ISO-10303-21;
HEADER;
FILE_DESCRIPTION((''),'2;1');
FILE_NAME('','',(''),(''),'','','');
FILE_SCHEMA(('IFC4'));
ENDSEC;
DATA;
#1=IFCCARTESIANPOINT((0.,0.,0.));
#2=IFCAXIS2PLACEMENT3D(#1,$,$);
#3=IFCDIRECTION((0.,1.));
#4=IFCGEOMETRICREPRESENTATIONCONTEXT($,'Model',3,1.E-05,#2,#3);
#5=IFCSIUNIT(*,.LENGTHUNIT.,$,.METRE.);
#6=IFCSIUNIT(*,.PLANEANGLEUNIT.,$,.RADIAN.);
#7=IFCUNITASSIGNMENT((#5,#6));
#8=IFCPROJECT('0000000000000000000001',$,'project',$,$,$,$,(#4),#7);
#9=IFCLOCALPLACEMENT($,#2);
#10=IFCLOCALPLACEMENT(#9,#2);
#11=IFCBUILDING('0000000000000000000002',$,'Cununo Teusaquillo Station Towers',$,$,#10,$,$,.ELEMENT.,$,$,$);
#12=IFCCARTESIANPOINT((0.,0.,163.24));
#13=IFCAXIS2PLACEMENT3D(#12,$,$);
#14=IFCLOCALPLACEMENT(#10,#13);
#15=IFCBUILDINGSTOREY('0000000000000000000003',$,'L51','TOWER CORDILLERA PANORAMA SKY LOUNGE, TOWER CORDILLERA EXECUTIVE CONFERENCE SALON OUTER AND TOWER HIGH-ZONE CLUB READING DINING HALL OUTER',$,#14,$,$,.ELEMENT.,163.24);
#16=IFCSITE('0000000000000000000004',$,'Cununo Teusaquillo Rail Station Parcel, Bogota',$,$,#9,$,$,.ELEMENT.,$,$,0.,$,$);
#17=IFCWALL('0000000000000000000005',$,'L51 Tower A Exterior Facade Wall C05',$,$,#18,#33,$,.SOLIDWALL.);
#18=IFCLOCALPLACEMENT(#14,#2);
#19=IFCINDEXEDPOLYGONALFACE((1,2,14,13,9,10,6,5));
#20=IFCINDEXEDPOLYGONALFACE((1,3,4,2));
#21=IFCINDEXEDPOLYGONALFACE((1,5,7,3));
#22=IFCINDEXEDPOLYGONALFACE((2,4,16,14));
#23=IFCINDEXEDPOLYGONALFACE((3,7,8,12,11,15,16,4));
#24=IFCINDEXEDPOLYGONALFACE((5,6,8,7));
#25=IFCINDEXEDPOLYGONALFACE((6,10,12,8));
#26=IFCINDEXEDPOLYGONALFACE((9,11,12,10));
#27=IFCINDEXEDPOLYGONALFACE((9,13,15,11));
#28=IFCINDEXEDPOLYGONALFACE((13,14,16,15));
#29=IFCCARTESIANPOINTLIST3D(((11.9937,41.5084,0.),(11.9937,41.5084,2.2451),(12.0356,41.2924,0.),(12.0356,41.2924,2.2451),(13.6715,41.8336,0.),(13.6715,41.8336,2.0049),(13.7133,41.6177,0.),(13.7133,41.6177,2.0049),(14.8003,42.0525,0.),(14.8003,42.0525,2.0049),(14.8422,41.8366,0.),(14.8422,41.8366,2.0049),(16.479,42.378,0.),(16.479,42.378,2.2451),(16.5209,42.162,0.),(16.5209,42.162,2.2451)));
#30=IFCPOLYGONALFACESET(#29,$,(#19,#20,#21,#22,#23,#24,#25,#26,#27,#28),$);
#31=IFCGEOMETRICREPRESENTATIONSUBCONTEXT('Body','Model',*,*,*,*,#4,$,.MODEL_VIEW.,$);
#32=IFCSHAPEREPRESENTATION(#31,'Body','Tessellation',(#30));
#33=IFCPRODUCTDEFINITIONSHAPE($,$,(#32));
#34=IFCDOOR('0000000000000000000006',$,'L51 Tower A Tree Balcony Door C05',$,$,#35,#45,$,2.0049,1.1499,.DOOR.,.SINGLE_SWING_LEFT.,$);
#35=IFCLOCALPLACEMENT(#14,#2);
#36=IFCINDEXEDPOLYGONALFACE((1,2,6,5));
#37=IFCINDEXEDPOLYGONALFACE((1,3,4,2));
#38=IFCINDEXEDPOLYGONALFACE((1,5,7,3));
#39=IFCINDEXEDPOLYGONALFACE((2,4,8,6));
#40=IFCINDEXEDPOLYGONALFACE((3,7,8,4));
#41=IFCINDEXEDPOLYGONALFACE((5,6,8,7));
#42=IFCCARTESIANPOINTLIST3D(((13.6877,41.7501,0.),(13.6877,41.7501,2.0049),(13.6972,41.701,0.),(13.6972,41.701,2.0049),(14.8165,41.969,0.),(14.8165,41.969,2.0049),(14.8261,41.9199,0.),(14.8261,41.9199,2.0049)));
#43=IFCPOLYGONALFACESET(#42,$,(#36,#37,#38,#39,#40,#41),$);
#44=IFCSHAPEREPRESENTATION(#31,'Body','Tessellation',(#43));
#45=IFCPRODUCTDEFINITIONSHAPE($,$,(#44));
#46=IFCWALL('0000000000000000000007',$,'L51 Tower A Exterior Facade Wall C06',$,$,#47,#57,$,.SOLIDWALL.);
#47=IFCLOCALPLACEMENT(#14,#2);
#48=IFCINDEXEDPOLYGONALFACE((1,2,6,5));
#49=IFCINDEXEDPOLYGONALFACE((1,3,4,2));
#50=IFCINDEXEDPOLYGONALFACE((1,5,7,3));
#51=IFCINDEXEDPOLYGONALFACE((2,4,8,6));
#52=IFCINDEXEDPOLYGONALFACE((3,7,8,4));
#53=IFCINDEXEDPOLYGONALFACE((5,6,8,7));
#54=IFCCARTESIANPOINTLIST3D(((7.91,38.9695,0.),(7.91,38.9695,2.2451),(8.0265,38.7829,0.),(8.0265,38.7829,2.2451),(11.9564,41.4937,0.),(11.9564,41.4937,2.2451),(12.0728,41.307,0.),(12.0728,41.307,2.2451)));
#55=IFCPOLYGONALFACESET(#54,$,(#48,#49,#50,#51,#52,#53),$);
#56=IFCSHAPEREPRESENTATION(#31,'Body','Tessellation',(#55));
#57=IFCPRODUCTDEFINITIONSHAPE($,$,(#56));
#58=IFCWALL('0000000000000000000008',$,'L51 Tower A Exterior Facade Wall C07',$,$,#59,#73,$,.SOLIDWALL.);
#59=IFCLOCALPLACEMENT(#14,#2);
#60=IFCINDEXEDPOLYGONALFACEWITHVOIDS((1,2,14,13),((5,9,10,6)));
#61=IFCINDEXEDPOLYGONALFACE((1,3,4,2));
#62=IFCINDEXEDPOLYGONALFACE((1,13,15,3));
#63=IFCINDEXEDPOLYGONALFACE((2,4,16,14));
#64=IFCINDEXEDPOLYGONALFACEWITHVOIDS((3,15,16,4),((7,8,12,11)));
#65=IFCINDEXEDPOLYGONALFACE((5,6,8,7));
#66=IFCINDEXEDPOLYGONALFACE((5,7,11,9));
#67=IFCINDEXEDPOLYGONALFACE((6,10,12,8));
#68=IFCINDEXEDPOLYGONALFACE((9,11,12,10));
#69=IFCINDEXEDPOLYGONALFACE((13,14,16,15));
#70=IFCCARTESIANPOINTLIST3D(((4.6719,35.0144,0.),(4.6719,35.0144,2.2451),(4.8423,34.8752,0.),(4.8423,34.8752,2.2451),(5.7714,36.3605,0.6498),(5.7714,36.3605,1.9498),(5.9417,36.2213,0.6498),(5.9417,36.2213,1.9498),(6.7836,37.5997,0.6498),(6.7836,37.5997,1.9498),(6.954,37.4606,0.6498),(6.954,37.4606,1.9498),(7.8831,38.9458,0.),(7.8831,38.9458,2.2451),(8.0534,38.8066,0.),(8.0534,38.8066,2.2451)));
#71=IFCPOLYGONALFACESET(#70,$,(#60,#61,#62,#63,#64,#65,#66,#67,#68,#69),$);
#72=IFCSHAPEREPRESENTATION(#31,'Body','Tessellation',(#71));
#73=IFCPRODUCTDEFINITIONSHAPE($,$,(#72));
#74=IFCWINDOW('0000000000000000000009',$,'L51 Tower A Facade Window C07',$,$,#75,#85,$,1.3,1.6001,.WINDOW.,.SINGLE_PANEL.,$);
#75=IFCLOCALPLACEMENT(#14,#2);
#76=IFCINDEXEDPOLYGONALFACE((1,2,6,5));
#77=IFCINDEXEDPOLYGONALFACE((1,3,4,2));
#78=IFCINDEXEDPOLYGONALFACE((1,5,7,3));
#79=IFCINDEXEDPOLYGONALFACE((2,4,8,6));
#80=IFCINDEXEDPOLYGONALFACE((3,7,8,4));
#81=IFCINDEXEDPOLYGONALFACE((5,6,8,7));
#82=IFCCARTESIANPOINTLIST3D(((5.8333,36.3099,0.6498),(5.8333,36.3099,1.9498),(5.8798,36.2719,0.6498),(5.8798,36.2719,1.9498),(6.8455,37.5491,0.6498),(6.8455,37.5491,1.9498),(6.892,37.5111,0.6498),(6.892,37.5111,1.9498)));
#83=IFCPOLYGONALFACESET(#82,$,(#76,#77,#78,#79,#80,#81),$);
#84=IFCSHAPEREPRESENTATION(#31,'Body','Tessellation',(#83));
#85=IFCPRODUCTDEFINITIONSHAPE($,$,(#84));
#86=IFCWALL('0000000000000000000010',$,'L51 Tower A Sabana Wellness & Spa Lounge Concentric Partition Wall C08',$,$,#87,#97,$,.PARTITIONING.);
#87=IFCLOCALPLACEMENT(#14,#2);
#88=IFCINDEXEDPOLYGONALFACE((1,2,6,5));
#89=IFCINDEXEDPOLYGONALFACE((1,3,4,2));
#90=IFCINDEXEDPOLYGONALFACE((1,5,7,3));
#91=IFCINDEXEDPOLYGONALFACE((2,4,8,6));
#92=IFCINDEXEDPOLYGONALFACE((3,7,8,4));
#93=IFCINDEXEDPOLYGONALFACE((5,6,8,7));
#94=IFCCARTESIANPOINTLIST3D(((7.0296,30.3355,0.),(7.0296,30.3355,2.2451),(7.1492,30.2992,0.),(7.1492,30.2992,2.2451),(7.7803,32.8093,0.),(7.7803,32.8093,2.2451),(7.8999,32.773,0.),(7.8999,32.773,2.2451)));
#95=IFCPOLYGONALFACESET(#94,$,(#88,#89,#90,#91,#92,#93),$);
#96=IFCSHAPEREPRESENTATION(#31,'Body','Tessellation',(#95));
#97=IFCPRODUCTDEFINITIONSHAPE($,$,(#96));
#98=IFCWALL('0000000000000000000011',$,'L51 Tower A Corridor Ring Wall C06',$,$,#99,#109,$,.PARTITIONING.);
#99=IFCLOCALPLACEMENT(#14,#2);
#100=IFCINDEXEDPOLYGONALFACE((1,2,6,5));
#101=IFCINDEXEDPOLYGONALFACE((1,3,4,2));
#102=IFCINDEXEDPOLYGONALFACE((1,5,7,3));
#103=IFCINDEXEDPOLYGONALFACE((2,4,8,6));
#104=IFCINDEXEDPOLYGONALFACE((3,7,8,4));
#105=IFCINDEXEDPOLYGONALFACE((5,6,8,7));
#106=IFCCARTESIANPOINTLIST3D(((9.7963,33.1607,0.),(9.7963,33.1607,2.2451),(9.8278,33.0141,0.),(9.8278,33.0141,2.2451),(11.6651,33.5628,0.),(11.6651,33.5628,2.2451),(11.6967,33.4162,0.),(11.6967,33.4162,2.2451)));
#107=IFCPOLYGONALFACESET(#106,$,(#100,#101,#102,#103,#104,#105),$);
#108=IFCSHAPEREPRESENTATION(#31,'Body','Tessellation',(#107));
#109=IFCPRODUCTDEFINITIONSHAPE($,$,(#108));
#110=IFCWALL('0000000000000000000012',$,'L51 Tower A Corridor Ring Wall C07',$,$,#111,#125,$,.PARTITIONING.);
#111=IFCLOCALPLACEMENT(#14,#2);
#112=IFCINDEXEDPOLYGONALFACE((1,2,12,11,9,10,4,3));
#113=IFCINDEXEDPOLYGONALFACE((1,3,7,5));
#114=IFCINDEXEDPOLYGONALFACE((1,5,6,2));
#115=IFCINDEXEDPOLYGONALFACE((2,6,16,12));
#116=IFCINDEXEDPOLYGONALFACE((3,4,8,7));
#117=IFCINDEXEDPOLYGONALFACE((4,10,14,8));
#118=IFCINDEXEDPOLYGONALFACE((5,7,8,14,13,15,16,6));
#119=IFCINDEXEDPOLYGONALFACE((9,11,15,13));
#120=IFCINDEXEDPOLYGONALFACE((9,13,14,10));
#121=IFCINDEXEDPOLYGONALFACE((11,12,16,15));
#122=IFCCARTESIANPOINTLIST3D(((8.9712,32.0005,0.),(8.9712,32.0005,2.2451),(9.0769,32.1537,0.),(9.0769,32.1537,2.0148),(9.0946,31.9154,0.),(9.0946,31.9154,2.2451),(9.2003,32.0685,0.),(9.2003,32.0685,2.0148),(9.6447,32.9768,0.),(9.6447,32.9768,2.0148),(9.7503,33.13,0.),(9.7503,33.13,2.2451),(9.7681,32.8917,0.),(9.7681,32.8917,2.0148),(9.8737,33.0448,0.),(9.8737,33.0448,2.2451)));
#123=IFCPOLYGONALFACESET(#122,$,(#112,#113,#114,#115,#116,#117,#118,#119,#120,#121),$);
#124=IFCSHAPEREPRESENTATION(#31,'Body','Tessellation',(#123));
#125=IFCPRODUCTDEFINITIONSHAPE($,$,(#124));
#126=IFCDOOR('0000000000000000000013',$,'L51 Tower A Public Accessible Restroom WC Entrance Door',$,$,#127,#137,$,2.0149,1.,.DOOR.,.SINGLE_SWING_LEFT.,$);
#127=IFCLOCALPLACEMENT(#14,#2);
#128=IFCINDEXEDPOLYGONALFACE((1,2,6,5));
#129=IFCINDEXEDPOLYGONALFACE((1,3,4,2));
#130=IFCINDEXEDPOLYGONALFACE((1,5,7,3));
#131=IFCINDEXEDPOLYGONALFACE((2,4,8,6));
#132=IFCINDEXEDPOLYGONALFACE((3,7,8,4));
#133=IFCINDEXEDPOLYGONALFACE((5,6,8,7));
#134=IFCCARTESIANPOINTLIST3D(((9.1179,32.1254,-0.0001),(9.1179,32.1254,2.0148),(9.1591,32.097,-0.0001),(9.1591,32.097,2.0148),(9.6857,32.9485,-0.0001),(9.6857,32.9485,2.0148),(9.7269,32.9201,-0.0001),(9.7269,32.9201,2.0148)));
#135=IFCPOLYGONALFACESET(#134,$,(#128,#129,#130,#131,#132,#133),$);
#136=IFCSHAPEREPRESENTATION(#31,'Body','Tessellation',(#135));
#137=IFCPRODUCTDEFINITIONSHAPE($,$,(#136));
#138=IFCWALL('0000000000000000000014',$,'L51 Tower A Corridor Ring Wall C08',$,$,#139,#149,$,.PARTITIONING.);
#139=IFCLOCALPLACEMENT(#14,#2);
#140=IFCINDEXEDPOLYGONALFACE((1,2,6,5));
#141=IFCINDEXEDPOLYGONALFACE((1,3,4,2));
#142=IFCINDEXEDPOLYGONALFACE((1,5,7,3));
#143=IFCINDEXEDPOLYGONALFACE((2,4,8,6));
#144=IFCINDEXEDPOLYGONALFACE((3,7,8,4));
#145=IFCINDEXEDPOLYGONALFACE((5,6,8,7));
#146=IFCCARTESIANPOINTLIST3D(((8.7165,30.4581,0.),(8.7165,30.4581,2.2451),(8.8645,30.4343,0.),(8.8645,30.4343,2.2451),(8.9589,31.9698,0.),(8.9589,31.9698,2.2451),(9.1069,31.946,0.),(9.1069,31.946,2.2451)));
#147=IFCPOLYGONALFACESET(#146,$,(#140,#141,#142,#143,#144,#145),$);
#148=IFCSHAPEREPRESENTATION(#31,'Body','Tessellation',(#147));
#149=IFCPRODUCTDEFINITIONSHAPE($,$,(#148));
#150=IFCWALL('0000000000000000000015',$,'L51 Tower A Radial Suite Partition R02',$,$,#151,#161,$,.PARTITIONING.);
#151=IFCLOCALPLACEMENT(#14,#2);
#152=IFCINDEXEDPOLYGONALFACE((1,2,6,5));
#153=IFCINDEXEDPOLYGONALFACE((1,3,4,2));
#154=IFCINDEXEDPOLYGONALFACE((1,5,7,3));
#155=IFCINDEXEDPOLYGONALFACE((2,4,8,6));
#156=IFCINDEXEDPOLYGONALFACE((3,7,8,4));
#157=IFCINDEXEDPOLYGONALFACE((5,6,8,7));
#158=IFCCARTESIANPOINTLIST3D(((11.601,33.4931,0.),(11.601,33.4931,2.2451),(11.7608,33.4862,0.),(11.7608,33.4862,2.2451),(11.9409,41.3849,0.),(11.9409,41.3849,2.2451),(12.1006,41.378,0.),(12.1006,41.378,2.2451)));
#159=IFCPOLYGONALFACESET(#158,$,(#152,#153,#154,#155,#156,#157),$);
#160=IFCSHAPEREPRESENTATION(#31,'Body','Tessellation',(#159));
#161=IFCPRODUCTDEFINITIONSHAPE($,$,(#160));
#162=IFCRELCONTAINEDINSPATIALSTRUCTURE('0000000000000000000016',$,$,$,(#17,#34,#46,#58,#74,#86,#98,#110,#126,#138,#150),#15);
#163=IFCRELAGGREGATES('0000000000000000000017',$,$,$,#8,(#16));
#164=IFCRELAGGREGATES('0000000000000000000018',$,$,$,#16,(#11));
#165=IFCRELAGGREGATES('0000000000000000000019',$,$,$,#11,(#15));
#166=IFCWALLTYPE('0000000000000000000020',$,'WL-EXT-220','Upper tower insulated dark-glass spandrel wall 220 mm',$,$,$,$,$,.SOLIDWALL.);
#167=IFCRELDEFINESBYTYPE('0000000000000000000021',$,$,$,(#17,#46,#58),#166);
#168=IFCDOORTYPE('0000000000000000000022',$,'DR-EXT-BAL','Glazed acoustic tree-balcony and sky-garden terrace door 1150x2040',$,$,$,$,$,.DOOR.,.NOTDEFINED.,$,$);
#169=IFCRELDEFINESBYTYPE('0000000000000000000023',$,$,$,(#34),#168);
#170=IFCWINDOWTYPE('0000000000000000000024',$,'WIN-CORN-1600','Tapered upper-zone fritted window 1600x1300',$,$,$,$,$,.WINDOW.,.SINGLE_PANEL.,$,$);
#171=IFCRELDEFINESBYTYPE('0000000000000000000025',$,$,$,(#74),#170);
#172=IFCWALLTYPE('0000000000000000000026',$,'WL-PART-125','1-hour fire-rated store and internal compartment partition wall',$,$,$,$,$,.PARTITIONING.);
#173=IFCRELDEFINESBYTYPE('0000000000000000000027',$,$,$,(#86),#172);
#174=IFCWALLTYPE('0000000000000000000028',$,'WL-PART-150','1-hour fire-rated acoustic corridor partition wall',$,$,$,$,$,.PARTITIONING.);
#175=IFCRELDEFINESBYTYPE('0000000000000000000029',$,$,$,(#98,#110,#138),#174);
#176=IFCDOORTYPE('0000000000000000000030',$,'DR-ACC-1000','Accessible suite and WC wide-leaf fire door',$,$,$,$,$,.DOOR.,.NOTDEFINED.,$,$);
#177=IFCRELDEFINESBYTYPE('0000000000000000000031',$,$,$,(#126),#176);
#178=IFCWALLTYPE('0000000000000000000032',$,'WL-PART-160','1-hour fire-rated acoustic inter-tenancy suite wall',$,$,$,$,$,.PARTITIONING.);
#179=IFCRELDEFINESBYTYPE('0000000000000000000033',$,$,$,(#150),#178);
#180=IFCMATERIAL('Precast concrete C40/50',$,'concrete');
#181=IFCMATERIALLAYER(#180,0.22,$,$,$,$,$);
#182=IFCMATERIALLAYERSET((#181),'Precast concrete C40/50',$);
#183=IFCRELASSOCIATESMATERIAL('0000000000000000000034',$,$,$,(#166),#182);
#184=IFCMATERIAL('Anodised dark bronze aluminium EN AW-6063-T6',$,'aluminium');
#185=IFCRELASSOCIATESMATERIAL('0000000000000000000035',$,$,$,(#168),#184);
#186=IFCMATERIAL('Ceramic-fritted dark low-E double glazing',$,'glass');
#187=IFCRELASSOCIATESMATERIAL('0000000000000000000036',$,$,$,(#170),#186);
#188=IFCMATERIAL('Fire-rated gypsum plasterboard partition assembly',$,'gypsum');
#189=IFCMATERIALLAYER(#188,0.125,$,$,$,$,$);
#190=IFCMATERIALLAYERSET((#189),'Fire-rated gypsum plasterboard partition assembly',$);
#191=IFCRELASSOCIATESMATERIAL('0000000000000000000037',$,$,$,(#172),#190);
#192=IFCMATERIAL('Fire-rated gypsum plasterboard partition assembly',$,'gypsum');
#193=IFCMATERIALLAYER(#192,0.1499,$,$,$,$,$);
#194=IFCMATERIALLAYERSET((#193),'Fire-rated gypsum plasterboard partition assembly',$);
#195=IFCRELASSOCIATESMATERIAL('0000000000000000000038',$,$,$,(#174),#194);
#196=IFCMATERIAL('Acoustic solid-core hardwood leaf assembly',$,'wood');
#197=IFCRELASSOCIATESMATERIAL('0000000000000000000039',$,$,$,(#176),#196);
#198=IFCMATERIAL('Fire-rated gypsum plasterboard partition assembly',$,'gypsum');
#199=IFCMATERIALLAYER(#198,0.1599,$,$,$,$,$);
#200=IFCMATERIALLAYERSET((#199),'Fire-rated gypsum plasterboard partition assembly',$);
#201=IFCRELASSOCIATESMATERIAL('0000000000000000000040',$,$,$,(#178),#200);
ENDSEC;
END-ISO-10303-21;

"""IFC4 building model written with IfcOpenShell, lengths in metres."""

from ifc_helpers import new_model, si_unit, direction, frame, frame_2d, origin, place, context, subcontext, project, spatial, rectangle, extrude, source, transform, mapped, material, layer, layer_set, type_object, element, fill, save


model = new_model("IFC4")

# Units and contexts
model_context = context("Model", 3, precision=1e-05, world=origin(), true_north=direction((0.0, 1.0)))
body_context = subcontext(model_context, "Body", "Model", "MODEL_VIEW")
ifc_project = project(units=[si_unit("LENGTHUNIT", "METRE"), si_unit("PLANEANGLEUNIT", "RADIAN")], contexts=[model_context])

# Site, building, storey
site_placement = place(None, origin())
site = spatial("IfcSite", under=ifc_project, at=site_placement, Name="Cununo Teusaquillo Rail Station Parcel, Bogota", CompositionType="ELEMENT", RefElevation=0.0)
building_placement = place(site_placement, origin())
building = spatial("IfcBuilding", under=site, at=building_placement, Name="Cununo Teusaquillo Station Towers", CompositionType="ELEMENT")
storey_placement = place(building_placement, frame((0.0, 0.0, 163.24)))
storey = spatial("IfcBuildingStorey", under=building, at=storey_placement, Name="L51", Description="TOWER CORDILLERA PANORAMA SKY LOUNGE, TOWER CORDILLERA EXECUTIVE CONFERENCE SALON OUTER AND TOWER HIGH-ZONE CLUB READING DINING HALL OUTER", CompositionType="ELEMENT", Elevation=163.24)

# Wall, opening, door
ifc_material_1 = material(Name="Precast concrete C40/50", Category="concrete")
ifc_layer_1 = layer(ifc_material_1, 0.22)
ifc_layer_set_1 = layer_set([ifc_layer_1], Name="Precast concrete C40/50")
wall_type_1 = type_object("IfcWallType", Name="WL-EXT-220", Description="Upper tower insulated dark-glass spandrel wall 220 mm", PredefinedType="SOLIDWALL", material=ifc_layer_set_1)
wall_1_placement = place(storey_placement, frame((12.0146, 41.4004, 0.0), z_axis=(0.0, 0.0, 1.0), x_axis=(0.981719, 0.190338, 0.0)))
wall_1 = element("IfcWall", 1, at=wall_1_placement, inside=storey, type_object=wall_type_1, Name="L51 Tower A Exterior Facade Wall C05", PredefinedType="SOLIDWALL", context=body_context, shape_type="SweptSolid", body=[
    extrude(rectangle(XDim=4.5688, YDim=0.22, at=frame_2d((2.2844, 0.0))), origin(), (0.0, 0.0, 1.0), 2.2451),
])
shared_shape_1 = source(origin(), body_context, "Body", "SweptSolid", [
    extrude(rectangle(XDim=1.1499, YDim=2.0049, at=frame_2d((0.575, 1.0024))), frame((0.0, 0.1199, 0.0), z_axis=(0.0, -1.0, 0.0), x_axis=(1.0, 0.0, 0.0)), (0.0, 0.0, 1.0), 0.24),
])
opening_1_placement = place(wall_1_placement, frame((1.709, 0.0, 0.0)))
opening_1 = element("IfcOpeningElement", 2, at=opening_1_placement, cuts=wall_1, PredefinedType="OPENING", context=body_context, shape_type="MappedRepresentation", body=[
    mapped(shared_shape_1, transform((0.0, 0.0, 0.0), x_axis=(1.0, 0.0, 0.0), y_axis=(0.0, 1.0, 0.0), z_axis=(0.0, 0.0, 1.0), scale=1.0)),
])
ifc_material_2 = material(Name="Anodised dark bronze aluminium EN AW-6063-T6", Category="aluminium")
door_type_1 = type_object("IfcDoorType", Name="DR-EXT-BAL", Description="Glazed acoustic tree-balcony and sky-garden terrace door 1150x2040", OperationType="NOTDEFINED", PredefinedType="DOOR", material=ifc_material_2)
shared_shape_2 = source(origin(), body_context, "Body", "SweptSolid", [
    extrude(rectangle(XDim=1.1499, YDim=2.0049, at=frame_2d((0.575, 1.0024))), frame((0.0, 0.0249, 0.0), z_axis=(0.0, -1.0, 0.0), x_axis=(1.0, 0.0, 0.0)), (0.0, 0.0, 1.0), 0.05),
])
door_1_placement = place(opening_1_placement, origin())
door_1 = element("IfcDoor", 3, at=door_1_placement, inside=storey, type_object=door_type_1, Name="L51 Tower A Tree Balcony Door C05", OperationType="SINGLE_SWING_LEFT", OverallHeight=2.0049, OverallWidth=1.1499, PredefinedType="DOOR", context=body_context, shape_type="MappedRepresentation", body=[
    mapped(shared_shape_2, transform((0.0, 0.0, 0.0), x_axis=(1.0, 0.0, 0.0), y_axis=(0.0, 1.0, 0.0), z_axis=(0.0, 0.0, 1.0), scale=1.0)),
])
fill(opening_1, door_1)

# Wall
wall_2_placement = place(storey_placement, frame((7.9683, 38.8762, 0.0), z_axis=(0.0, 0.0, 1.0), x_axis=(0.848452, 0.529272, 0.0)))
element("IfcWall", 4, at=wall_2_placement, inside=storey, type_object=wall_type_1, Name="L51 Tower A Exterior Facade Wall C06", PredefinedType="SOLIDWALL", context=body_context, shape_type="SweptSolid", body=[
    extrude(rectangle(XDim=4.769, YDim=0.22, at=frame_2d((2.3845, 0.0))), origin(), (0.0, 0.0, 1.0), 2.2451),
])

# Wall, opening, window
wall_3_placement = place(storey_placement, frame((4.7571, 34.9448, 0.0), z_axis=(0.0, 0.0, 1.0), x_axis=(0.632599, 0.77448, 0.0)))
wall_3 = element("IfcWall", 5, at=wall_3_placement, inside=storey, type_object=wall_type_1, Name="L51 Tower A Exterior Facade Wall C07", PredefinedType="SOLIDWALL", context=body_context, shape_type="SweptSolid", body=[
    extrude(rectangle(XDim=5.0762, YDim=0.22, at=frame_2d((2.5381, 0.0))), origin(), (0.0, 0.0, 1.0), 2.2451),
])
shared_shape_3 = source(origin(), body_context, "Body", "SweptSolid", [
    extrude(rectangle(XDim=1.6001, YDim=1.3, at=frame_2d((0.8, 0.6499))), frame((0.0, 0.1199, 0.0), z_axis=(0.0, -1.0, 0.0), x_axis=(1.0, 0.0, 0.0)), (0.0, 0.0, 1.0), 0.24),
])
opening_2_placement = place(wall_3_placement, frame((1.738, 0.0, 0.6499)))
opening_2 = element("IfcOpeningElement", 6, at=opening_2_placement, cuts=wall_3, PredefinedType="OPENING", context=body_context, shape_type="MappedRepresentation", body=[
    mapped(shared_shape_3, transform((0.0, 0.0, 0.0), x_axis=(1.0, 0.0, 0.0), y_axis=(0.0, 1.0, 0.0), z_axis=(0.0, 0.0, 1.0), scale=1.0)),
])
ifc_material_3 = material(Name="Ceramic-fritted dark low-E double glazing", Category="glass")
window_type = type_object("IfcWindowType", Name="WIN-CORN-1600", Description="Tapered upper-zone fritted window 1600x1300", PartitioningType="SINGLE_PANEL", PredefinedType="WINDOW", material=ifc_material_3)
shared_shape_4 = source(origin(), body_context, "Body", "SweptSolid", [
    extrude(rectangle(XDim=1.6001, YDim=1.3, at=frame_2d((0.8, 0.6499))), frame((0.0, 0.03, 0.0), z_axis=(0.0, -1.0, 0.0), x_axis=(1.0, 0.0, 0.0)), (0.0, 0.0, 1.0), 0.0601),
])
window_placement = place(opening_2_placement, origin())
window = element("IfcWindow", 7, at=window_placement, inside=storey, type_object=window_type, Name="L51 Tower A Facade Window C07", OverallHeight=1.3, OverallWidth=1.6001, PartitioningType="SINGLE_PANEL", PredefinedType="WINDOW", context=body_context, shape_type="MappedRepresentation", body=[
    mapped(shared_shape_4, transform((0.0, 0.0, 0.0), x_axis=(1.0, 0.0, 0.0), y_axis=(0.0, 1.0, 0.0), z_axis=(0.0, 0.0, 1.0), scale=1.0)),
])
fill(opening_2, window)

# Walls
ifc_material_4 = material(Name="Fire-rated gypsum plasterboard partition assembly", Category="gypsum")
ifc_layer_2 = layer(ifc_material_4, 0.125)
ifc_layer_set_2 = layer_set([ifc_layer_2], Name="Fire-rated gypsum plasterboard partition assembly")
wall_type_2 = type_object("IfcWallType", Name="WL-PART-125", Description="1-hour fire-rated store and internal compartment partition wall", PredefinedType="PARTITIONING", material=ifc_layer_set_2)
wall_4_placement = place(storey_placement, frame((7.8401, 32.791, 0.0), z_axis=(0.0, 0.0, 1.0), x_axis=(-0.290387, -0.956909, 0.0)))
element("IfcWall", 8, at=wall_4_placement, inside=storey, type_object=wall_type_2, Name="L51 Tower A Sabana Wellness & Spa Lounge Concentric Partition Wall C08", PredefinedType="PARTITIONING", context=body_context, shape_type="SweptSolid", body=[
    extrude(rectangle(XDim=2.5852, YDim=0.125, at=frame_2d((1.2925, 0.0))), origin(), (0.0, 0.0, 1.0), 2.2451),
])
ifc_material_5 = material(Name="Fire-rated gypsum plasterboard partition assembly", Category="gypsum")
ifc_layer_3 = layer(ifc_material_5, 0.1499)
ifc_layer_set_3 = layer_set([ifc_layer_3], Name="Fire-rated gypsum plasterboard partition assembly")
wall_type_3 = type_object("IfcWallType", Name="WL-PART-150", Description="1-hour fire-rated acoustic corridor partition wall", PredefinedType="PARTITIONING", material=ifc_layer_set_3)
wall_5_placement = place(storey_placement, frame((11.6809, 33.4895, 0.0), z_axis=(0.0, 0.0, 1.0), x_axis=(-0.977628, -0.21034, 0.0)))
element("IfcWall", 9, at=wall_5_placement, inside=storey, type_object=wall_type_3, Name="L51 Tower A Corridor Ring Wall C06", PredefinedType="PARTITIONING", context=body_context, shape_type="SweptSolid", body=[
    extrude(rectangle(XDim=1.9116, YDim=0.1499, at=frame_2d((0.9558, 0.0))), origin(), (0.0, 0.0, 1.0), 2.2451),
])

# Wall, opening, door
wall_6_placement = place(storey_placement, frame((9.812, 33.0874, 0.0), z_axis=(0.0, 0.0, 1.0), x_axis=(-0.567812, -0.823158, 0.0)))
wall_6 = element("IfcWall", 10, at=wall_6_placement, inside=storey, type_object=wall_type_3, Name="L51 Tower A Corridor Ring Wall C07", PredefinedType="PARTITIONING", context=body_context, shape_type="SweptSolid", body=[
    extrude(rectangle(XDim=1.3721, YDim=0.1499, at=frame_2d((0.686, 0.0))), origin(), (0.0, 0.0, 1.0), 2.2451),
])
shared_shape_5 = source(origin(), body_context, "Body", "SweptSolid", [
    extrude(rectangle(XDim=1.0, YDim=2.0149, at=frame_2d((0.5, 1.0073))), frame((0.0, 0.085, 0.0), z_axis=(0.0, -1.0, 0.0), x_axis=(1.0, 0.0, 0.0)), (0.0, 0.0, 1.0), 0.1699),
])
opening_3_placement = place(wall_6_placement, frame((0.186, 0.0, 0.0)))
opening_3 = element("IfcOpeningElement", 11, at=opening_3_placement, cuts=wall_6, PredefinedType="OPENING", context=body_context, shape_type="MappedRepresentation", body=[
    mapped(shared_shape_5, transform((0.0, 0.0, 0.0), x_axis=(1.0, 0.0, 0.0), y_axis=(0.0, 1.0, 0.0), z_axis=(0.0, 0.0, 1.0), scale=1.0)),
])
ifc_material_6 = material(Name="Acoustic solid-core hardwood leaf assembly", Category="wood")
door_type_2 = type_object("IfcDoorType", Name="DR-ACC-1000", Description="Accessible suite and WC wide-leaf fire door", OperationType="NOTDEFINED", PredefinedType="DOOR", material=ifc_material_6)
shared_shape_6 = source(origin(), body_context, "Body", "SweptSolid", [
    extrude(rectangle(XDim=1.0, YDim=2.0149, at=frame_2d((0.5, 1.0073))), frame((0.0, 0.0249, 0.0), z_axis=(0.0, -1.0, 0.0), x_axis=(1.0, 0.0, 0.0)), (0.0, 0.0, 1.0), 0.05),
])
door_2_placement = place(opening_3_placement, origin())
door_2 = element("IfcDoor", 12, at=door_2_placement, inside=storey, type_object=door_type_2, Name="L51 Tower A Public Accessible Restroom WC Entrance Door", OperationType="SINGLE_SWING_LEFT", OverallHeight=2.0149, OverallWidth=1.0, PredefinedType="DOOR", context=body_context, shape_type="MappedRepresentation", body=[
    mapped(shared_shape_6, transform((0.0, 0.0, 0.0), x_axis=(1.0, 0.0, 0.0), y_axis=(0.0, 1.0, 0.0), z_axis=(0.0, 0.0, 1.0), scale=1.0)),
])
fill(opening_3, door_2)

# Walls
wall_7_placement = place(storey_placement, frame((9.033, 31.958, 0.0), z_axis=(0.0, 0.0, 1.0), x_axis=(-0.158345, -0.987384, 0.0)))
element("IfcWall", 13, at=wall_7_placement, inside=storey, type_object=wall_type_3, Name="L51 Tower A Corridor Ring Wall C08", PredefinedType="PARTITIONING", context=body_context, shape_type="SweptSolid", body=[
    extrude(rectangle(XDim=1.531, YDim=0.1499, at=frame_2d((0.7656, 0.0))), origin(), (0.0, 0.0, 1.0), 2.2451),
])
ifc_material_7 = material(Name="Fire-rated gypsum plasterboard partition assembly", Category="gypsum")
ifc_layer_4 = layer(ifc_material_7, 0.1599)
ifc_layer_set_4 = layer_set([ifc_layer_4], Name="Fire-rated gypsum plasterboard partition assembly")
wall_type_4 = type_object("IfcWallType", Name="WL-PART-160", Description="1-hour fire-rated acoustic inter-tenancy suite wall", PredefinedType="PARTITIONING", material=ifc_layer_set_4)
wall_8_placement = place(storey_placement, frame((11.6809, 33.4895, 0.0), z_axis=(0.0, 0.0, 1.0), x_axis=(0.043023, 0.999074, 0.0)))
element("IfcWall", 14, at=wall_8_placement, inside=storey, type_object=wall_type_4, Name="L51 Tower A Radial Suite Partition R02", PredefinedType="PARTITIONING", context=body_context, shape_type="SweptSolid", body=[
    extrude(rectangle(XDim=7.8992, YDim=0.1599, at=frame_2d((3.9497, 0.0))), origin(), (0.0, 0.0, 1.0), 2.2451),
])

save(model, "model.ifc")
